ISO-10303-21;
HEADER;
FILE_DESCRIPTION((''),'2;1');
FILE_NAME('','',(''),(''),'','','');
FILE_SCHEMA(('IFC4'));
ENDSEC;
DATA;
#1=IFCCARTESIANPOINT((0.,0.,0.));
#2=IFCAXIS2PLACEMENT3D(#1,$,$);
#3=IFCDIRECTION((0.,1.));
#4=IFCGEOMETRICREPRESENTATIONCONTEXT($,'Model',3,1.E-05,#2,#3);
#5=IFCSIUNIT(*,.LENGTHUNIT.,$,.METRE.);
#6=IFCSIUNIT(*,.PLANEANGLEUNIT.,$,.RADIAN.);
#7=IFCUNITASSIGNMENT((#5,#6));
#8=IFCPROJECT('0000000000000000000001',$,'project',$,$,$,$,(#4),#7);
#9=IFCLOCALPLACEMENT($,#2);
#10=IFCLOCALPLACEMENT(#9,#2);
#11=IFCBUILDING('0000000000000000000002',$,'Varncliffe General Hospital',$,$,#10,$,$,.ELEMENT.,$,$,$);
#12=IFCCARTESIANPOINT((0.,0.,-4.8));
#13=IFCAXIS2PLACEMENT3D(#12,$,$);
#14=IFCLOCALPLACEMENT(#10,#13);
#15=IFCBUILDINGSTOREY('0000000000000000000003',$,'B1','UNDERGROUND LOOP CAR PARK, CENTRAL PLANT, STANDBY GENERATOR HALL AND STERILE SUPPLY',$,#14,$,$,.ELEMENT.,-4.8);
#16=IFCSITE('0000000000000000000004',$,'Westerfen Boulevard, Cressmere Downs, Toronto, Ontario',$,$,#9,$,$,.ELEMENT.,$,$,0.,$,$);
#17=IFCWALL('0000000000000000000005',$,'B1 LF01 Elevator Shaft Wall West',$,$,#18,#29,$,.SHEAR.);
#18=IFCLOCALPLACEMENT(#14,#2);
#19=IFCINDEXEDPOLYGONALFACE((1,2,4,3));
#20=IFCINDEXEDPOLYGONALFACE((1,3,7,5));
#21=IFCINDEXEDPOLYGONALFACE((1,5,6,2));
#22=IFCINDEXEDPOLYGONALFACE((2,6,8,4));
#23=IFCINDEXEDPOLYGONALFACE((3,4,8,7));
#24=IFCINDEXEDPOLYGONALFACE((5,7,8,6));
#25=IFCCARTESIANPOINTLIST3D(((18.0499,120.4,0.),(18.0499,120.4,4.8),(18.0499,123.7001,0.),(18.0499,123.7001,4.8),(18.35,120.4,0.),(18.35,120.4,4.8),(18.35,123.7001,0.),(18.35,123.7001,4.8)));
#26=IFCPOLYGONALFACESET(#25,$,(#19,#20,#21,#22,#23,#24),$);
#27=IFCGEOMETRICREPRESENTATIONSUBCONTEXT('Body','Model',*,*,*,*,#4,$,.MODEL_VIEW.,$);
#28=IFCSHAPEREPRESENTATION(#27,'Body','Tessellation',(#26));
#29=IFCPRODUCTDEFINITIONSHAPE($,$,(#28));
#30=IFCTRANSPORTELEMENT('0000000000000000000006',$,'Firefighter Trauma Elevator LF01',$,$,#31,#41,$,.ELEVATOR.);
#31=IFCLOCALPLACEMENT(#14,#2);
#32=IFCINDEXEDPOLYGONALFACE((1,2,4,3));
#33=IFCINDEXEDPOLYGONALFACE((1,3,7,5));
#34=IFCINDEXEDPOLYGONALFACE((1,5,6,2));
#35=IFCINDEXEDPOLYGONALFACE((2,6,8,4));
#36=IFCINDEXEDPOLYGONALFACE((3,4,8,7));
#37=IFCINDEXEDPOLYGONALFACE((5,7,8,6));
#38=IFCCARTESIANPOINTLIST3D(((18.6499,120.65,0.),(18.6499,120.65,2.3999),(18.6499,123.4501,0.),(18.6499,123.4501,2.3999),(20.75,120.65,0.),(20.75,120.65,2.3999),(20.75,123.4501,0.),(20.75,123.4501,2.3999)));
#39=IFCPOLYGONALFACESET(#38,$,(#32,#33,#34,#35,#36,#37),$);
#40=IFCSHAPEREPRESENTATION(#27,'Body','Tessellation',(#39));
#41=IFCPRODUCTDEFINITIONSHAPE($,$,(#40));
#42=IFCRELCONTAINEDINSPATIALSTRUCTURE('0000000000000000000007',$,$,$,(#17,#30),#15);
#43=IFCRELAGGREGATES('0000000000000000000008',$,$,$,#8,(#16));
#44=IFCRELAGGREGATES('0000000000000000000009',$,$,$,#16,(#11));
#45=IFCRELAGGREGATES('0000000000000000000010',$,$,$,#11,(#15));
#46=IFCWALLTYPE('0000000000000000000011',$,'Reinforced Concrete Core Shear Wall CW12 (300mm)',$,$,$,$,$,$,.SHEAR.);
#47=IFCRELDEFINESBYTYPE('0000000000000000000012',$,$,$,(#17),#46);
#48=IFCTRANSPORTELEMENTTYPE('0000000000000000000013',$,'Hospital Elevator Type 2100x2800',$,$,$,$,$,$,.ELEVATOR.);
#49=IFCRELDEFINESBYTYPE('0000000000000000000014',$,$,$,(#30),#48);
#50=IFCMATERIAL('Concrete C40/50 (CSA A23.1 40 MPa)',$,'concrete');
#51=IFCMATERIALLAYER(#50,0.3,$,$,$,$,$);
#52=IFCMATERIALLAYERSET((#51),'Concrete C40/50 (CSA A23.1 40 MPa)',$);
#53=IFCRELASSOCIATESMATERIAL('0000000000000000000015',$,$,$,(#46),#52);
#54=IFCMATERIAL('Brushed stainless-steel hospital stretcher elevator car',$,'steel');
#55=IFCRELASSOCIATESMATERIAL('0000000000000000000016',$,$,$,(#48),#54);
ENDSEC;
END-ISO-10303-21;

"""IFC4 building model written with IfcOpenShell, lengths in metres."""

from ifc_helpers import new_model, si_unit, direction, frame, frame_2d, origin, origin_2d, place, context, subcontext, project, spatial, rectangle, extrude, material, layer, layer_set, type_object, element, save


model = new_model("IFC4")

# Units and contexts
model_context = context("Model", 3, precision=1e-05, world=origin(), true_north=direction((0.0, 1.0)))
body_context = subcontext(model_context, "Body", "Model", "MODEL_VIEW")
ifc_project = project(units=[si_unit("LENGTHUNIT", "METRE"), si_unit("PLANEANGLEUNIT", "RADIAN")], contexts=[model_context])

# Site, building, storey
site_placement = place(None, origin())
site = spatial("IfcSite", under=ifc_project, at=site_placement, Name="Westerfen Boulevard, Cressmere Downs, Toronto, Ontario", CompositionType="ELEMENT", RefElevation=0.0)
building_placement = place(site_placement, origin())
building = spatial("IfcBuilding", under=site, at=building_placement, Name="Varncliffe General Hospital", CompositionType="ELEMENT")
storey_placement = place(building_placement, frame((0.0, 0.0, -4.8)))
storey = spatial("IfcBuildingStorey", under=building, at=storey_placement, Name="B1", Description="UNDERGROUND LOOP CAR PARK, CENTRAL PLANT, STANDBY GENERATOR HALL AND STERILE SUPPLY", CompositionType="ELEMENT", Elevation=-4.8)

# Shared definitions
ifc_material_1 = material(Name="Concrete C40/50 (CSA A23.1 40 MPa)", Category="concrete")

# Shared definitions
ifc_layer_1 = layer(ifc_material_1, 0.3)
ifc_layer_set_1 = layer_set([ifc_layer_1], Name="Concrete C40/50 (CSA A23.1 40 MPa)")
wall_type_1 = type_object("IfcWallType", Name="Reinforced Concrete Core Shear Wall CW12 (300mm)", PredefinedType="SHEAR", material=ifc_layer_set_1)

# Wall
wall_1_placement = place(storey_placement, frame((18.2, 123.7, 0.0), z_axis=(0.0, 0.0, 1.0), x_axis=(0.0, -1.0, 0.0)))
element("IfcWall", 1, at=wall_1_placement, inside=storey, type_object=wall_type_1, Name="B1 LF01 Elevator Shaft Wall West", PredefinedType="SHEAR", context=body_context, shape_type="SweptSolid", body=[
    extrude(rectangle(XDim=3.3, YDim=0.3, at=frame_2d((1.6499, 0.0))), origin(), (0.0, 0.0, 1.0), 4.8),
])

# Transport element
ifc_material_2 = material(Name="Brushed stainless-steel hospital stretcher elevator car", Category="steel")
transport_element_type = type_object("IfcTransportElementType", Name="Hospital Elevator Type 2100x2800", PredefinedType="ELEVATOR", material=ifc_material_2)
transport_element_placement = place(storey_placement, frame((19.7, 122.05, 0.0), z_axis=(0.0, 0.0, 1.0), x_axis=(1.0, 0.0, 0.0)))
element("IfcTransportElement", 2, at=transport_element_placement, inside=storey, type_object=transport_element_type, Name="Firefighter Trauma Elevator LF01", PredefinedType="ELEVATOR", context=body_context, shape_type="SweptSolid", body=[
    extrude(rectangle(XDim=2.1001, YDim=2.8, at=origin_2d()), origin(), (0.0, 0.0, 1.0), 2.3999),
])

save(model, "model.ifc")
